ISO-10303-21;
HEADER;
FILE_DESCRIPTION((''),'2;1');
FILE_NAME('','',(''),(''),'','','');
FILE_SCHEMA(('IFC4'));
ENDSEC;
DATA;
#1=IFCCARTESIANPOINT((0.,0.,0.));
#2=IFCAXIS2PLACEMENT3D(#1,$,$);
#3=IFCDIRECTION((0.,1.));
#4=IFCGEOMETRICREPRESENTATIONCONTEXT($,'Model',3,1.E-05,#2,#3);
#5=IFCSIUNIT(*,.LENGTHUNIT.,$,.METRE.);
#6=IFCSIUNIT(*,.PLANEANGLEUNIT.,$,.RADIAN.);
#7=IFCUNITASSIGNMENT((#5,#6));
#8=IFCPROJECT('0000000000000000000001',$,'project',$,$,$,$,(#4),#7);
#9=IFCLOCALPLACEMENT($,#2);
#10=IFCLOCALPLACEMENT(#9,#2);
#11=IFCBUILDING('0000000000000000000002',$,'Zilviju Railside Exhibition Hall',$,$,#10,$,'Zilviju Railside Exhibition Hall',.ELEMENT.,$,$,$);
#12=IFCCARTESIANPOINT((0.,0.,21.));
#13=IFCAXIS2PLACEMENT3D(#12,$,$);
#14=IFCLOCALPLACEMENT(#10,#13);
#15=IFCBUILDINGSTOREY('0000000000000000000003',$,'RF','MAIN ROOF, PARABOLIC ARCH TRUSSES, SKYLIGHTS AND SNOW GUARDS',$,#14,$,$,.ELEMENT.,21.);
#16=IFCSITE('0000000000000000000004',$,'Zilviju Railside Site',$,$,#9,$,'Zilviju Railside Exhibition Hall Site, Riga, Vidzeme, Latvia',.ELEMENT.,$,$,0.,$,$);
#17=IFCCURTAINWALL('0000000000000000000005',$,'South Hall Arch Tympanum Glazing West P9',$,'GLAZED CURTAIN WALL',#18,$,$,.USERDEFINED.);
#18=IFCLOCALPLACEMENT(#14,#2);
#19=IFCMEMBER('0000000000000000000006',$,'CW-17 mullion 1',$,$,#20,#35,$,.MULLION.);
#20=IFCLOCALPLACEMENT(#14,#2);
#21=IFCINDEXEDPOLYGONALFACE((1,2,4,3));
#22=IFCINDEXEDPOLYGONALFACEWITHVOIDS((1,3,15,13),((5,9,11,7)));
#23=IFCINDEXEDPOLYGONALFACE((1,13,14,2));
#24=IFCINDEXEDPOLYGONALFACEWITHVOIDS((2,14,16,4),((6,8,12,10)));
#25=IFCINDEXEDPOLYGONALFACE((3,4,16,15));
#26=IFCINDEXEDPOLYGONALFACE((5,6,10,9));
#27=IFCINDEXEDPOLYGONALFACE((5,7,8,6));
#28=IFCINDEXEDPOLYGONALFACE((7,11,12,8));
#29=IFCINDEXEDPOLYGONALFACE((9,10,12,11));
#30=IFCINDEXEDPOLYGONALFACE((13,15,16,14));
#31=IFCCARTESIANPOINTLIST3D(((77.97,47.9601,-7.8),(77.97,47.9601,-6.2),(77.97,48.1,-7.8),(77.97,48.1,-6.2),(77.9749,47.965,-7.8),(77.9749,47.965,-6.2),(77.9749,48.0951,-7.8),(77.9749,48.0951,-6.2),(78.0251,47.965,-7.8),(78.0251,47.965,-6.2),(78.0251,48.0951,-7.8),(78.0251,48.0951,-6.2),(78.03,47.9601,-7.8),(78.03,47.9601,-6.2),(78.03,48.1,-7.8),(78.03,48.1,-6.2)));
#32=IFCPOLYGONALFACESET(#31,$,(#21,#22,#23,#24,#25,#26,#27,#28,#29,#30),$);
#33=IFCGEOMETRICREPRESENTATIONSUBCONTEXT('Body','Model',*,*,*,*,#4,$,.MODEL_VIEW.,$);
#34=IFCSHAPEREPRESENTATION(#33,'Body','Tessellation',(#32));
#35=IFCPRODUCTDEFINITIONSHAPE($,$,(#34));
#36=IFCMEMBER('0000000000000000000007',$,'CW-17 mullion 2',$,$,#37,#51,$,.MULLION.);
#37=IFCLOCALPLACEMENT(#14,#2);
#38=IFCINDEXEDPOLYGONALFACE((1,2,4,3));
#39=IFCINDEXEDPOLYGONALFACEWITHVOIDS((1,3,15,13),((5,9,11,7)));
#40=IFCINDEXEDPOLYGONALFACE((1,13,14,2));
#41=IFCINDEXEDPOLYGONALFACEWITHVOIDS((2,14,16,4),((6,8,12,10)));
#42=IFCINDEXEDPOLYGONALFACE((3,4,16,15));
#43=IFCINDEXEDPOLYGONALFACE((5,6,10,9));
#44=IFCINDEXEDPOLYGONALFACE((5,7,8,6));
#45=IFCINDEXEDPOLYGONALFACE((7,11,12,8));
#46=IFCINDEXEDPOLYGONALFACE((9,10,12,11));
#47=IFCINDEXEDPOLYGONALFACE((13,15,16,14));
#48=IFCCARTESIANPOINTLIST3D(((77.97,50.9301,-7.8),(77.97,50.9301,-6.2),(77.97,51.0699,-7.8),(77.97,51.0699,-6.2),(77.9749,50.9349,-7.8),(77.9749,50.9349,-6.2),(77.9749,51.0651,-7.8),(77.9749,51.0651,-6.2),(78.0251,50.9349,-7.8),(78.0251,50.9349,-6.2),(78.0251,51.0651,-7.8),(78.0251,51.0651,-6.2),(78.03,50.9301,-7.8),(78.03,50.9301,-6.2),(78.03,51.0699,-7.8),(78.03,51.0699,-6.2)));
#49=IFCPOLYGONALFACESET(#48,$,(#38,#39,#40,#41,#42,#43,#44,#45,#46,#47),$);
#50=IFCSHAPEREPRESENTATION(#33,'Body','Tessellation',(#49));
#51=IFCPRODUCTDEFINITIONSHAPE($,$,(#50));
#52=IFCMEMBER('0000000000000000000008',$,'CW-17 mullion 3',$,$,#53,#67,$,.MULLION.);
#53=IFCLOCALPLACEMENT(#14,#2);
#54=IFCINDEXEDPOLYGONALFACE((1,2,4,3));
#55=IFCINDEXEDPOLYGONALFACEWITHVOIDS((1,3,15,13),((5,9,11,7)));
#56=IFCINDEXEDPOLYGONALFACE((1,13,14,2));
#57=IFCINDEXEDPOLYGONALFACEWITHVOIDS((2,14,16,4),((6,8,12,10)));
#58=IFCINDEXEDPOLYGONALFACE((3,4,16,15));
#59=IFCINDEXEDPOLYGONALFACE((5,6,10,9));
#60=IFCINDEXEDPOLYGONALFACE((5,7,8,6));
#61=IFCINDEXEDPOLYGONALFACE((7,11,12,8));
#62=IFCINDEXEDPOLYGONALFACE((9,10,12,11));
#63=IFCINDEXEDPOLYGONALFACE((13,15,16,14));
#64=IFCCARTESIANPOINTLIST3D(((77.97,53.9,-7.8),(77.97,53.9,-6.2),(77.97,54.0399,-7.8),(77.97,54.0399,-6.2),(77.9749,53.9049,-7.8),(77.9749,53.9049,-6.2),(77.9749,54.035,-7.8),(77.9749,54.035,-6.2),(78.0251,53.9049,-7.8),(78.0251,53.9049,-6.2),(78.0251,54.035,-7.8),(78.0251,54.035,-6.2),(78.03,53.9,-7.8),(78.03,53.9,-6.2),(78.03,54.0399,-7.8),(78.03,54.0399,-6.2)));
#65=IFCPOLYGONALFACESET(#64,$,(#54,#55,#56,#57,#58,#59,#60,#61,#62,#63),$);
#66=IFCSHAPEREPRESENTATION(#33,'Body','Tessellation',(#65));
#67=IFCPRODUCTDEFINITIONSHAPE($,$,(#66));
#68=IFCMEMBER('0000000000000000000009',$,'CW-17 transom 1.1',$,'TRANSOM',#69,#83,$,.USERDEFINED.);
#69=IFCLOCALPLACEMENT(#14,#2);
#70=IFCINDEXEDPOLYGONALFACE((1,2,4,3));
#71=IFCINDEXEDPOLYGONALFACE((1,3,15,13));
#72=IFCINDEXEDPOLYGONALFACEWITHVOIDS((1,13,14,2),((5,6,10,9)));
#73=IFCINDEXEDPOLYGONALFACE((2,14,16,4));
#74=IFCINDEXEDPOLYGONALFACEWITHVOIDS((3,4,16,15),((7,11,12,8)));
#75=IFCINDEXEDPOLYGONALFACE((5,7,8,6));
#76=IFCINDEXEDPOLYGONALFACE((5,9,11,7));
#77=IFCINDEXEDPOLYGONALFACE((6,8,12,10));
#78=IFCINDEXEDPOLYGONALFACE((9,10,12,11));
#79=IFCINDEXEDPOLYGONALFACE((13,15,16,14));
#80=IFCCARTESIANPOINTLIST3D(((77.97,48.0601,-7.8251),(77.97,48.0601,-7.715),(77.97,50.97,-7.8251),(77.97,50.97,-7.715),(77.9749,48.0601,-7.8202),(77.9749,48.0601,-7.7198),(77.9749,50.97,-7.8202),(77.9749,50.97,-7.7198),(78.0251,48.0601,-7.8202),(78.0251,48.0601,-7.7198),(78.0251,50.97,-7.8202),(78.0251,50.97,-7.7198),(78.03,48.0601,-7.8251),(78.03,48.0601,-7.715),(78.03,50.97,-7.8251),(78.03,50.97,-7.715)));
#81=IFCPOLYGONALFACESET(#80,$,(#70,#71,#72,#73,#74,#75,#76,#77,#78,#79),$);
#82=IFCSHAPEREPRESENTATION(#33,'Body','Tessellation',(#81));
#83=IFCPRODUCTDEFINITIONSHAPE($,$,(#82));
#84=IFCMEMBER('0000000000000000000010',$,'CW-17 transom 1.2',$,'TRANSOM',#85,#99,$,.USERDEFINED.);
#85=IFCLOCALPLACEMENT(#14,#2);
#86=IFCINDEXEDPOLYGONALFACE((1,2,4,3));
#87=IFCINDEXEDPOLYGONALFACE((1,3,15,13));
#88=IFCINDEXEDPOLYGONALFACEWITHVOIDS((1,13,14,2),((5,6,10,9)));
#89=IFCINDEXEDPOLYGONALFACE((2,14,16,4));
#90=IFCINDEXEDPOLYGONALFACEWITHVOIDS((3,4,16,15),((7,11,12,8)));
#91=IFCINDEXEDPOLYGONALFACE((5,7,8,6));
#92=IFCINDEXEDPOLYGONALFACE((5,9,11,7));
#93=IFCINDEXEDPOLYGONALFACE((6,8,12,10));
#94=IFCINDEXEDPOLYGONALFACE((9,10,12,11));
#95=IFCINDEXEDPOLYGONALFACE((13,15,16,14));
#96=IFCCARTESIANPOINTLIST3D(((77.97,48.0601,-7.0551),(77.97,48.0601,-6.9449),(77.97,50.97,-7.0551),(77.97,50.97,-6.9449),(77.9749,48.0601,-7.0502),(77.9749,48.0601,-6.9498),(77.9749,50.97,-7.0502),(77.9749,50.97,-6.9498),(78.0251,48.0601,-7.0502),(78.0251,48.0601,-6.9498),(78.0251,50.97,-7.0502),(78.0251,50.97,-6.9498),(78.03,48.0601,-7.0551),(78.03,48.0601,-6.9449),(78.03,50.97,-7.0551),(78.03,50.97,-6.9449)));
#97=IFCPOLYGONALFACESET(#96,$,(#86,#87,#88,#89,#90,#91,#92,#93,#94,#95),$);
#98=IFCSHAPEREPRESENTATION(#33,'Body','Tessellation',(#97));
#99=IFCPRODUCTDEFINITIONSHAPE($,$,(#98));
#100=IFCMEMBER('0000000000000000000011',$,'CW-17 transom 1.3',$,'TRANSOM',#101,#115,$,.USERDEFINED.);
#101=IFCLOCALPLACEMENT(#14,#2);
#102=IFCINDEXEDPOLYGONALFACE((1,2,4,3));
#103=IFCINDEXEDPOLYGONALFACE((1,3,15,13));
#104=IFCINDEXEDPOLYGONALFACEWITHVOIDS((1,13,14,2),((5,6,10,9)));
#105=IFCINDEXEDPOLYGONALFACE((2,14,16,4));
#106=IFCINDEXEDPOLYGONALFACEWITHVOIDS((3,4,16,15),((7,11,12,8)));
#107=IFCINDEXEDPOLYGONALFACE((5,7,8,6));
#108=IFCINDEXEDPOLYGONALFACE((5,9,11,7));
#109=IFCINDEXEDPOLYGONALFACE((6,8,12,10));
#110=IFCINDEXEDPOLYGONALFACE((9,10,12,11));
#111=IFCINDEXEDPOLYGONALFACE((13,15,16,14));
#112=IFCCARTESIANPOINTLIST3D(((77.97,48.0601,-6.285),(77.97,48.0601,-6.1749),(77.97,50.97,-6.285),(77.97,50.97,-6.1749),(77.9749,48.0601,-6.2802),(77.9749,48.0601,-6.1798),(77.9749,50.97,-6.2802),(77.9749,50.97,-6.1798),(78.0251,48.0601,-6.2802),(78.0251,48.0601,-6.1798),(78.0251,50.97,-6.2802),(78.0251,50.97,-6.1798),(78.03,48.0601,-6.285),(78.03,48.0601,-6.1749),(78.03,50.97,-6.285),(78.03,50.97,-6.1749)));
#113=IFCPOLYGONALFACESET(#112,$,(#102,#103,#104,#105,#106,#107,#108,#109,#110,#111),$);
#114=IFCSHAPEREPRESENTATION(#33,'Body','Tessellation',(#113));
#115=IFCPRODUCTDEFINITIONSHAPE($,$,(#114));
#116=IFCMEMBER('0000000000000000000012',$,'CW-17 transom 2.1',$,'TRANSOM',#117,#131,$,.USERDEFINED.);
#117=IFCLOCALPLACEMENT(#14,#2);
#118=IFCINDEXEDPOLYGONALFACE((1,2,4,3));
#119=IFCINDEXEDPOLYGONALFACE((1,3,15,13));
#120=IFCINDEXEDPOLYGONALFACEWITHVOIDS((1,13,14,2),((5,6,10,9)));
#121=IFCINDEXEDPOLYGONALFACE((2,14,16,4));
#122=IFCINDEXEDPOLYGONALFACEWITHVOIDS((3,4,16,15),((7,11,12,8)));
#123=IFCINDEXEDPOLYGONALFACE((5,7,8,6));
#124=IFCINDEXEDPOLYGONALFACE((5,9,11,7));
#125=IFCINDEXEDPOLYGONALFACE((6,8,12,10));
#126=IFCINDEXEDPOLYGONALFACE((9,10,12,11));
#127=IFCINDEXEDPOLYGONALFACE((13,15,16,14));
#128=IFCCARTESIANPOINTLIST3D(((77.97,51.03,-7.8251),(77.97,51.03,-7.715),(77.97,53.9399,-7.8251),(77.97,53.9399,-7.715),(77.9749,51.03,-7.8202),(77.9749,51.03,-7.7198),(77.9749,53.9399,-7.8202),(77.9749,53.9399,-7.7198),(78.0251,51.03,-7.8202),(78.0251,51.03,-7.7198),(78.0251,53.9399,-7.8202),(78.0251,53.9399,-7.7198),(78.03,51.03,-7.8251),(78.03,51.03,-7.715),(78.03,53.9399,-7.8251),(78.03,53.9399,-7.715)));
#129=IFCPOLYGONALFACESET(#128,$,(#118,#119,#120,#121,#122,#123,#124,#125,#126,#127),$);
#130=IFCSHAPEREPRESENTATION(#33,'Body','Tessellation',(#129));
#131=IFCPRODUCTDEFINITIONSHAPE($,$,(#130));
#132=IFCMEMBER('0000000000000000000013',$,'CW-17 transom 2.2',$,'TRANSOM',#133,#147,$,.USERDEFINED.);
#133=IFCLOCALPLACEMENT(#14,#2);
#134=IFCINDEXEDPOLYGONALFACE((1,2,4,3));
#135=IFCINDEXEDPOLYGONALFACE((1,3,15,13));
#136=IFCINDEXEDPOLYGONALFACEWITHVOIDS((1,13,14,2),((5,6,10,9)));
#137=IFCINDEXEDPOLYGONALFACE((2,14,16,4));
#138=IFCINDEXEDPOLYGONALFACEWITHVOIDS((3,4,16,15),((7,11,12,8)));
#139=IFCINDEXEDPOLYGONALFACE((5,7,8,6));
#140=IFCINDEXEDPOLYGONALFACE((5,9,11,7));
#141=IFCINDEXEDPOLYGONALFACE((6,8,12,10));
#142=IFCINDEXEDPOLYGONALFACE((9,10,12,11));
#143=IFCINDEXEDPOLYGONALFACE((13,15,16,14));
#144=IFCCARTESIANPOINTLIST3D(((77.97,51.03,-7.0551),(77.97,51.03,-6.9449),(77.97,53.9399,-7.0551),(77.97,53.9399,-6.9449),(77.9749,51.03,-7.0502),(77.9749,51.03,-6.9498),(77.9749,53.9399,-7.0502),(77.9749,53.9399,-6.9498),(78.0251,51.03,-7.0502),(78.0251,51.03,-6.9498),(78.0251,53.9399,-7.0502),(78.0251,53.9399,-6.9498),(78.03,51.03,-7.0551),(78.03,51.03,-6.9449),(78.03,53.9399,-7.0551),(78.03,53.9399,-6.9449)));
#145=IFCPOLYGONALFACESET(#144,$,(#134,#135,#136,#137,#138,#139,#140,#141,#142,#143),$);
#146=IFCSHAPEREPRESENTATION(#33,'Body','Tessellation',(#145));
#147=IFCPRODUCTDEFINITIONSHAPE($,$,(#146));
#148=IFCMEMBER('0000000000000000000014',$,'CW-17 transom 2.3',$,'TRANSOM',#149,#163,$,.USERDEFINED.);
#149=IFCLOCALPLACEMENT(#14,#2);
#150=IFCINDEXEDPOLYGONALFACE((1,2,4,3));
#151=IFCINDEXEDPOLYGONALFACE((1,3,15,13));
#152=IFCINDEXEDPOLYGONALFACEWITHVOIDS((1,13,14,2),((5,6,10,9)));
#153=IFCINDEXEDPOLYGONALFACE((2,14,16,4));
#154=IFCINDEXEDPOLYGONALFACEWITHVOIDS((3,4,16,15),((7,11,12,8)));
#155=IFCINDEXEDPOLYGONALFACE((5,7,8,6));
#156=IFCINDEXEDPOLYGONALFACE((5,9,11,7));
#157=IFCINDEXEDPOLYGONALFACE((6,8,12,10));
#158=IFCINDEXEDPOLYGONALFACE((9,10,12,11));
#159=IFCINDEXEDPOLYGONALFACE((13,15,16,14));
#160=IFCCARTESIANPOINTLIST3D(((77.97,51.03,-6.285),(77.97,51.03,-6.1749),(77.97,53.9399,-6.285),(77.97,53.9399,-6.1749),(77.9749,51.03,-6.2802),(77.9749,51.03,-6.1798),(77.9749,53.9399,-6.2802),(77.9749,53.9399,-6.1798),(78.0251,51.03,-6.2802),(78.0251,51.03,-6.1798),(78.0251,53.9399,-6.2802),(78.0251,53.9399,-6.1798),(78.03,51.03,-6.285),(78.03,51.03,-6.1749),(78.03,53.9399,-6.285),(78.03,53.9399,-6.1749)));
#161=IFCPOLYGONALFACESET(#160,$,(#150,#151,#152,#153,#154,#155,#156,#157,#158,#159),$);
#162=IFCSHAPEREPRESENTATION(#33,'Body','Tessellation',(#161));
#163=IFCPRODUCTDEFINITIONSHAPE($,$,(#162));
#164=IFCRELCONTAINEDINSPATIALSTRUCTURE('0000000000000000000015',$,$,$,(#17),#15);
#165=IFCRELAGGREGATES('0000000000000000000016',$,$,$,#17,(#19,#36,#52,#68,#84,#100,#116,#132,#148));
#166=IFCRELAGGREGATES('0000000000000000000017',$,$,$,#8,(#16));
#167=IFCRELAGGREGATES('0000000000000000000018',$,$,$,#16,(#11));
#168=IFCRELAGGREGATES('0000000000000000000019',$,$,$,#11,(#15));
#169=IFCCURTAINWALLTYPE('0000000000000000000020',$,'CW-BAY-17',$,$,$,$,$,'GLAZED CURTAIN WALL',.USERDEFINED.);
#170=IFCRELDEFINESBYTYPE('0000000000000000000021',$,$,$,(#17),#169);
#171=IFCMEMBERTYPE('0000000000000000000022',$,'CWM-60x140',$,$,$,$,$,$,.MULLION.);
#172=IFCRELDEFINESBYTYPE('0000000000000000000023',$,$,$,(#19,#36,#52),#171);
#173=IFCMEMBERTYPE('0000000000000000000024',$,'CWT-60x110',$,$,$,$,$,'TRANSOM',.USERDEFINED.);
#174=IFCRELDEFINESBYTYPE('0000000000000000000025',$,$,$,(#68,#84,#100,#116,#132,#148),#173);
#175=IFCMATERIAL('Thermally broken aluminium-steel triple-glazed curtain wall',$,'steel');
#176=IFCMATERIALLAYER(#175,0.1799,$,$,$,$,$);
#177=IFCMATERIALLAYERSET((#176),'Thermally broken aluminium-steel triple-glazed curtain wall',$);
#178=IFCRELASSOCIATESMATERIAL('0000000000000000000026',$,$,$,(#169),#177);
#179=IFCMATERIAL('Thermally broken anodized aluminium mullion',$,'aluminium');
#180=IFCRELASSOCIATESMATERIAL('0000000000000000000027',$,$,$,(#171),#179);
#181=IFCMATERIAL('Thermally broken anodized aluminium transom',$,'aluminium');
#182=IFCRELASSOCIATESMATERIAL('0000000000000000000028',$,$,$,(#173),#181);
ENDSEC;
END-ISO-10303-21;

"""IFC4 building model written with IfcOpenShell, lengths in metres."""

from ifc_helpers import new_model, si_unit, direction, frame, origin, origin_2d, place, context, subcontext, project, spatial, hollow_rectangle, extrude, material, layer, layer_set, material_profile, profile_set, type_object, element, aggregate, save


model = new_model("IFC4")

# Units and contexts
model_context = context("Model", 3, precision=1e-05, world=origin(), true_north=direction((0.0, 1.0)))
body_context = subcontext(model_context, "Body", "Model", "MODEL_VIEW")
ifc_project = project(units=[si_unit("LENGTHUNIT", "METRE"), si_unit("PLANEANGLEUNIT", "RADIAN")], contexts=[model_context])

# Site, building, storey
site_placement = place(None, origin())
site = spatial("IfcSite", under=ifc_project, at=site_placement, Name="Zilviju Railside Site", LongName="Zilviju Railside Exhibition Hall Site, Riga, Vidzeme, Latvia", CompositionType="ELEMENT", RefElevation=0.0)
building_placement = place(site_placement, origin())
building = spatial("IfcBuilding", under=site, at=building_placement, Name="Zilviju Railside Exhibition Hall", LongName="Zilviju Railside Exhibition Hall", CompositionType="ELEMENT")
storey_placement = place(building_placement, frame((0.0, 0.0, 21.0)))
storey = spatial("IfcBuildingStorey", under=building, at=storey_placement, Name="RF", Description="MAIN ROOF, PARABOLIC ARCH TRUSSES, SKYLIGHTS AND SNOW GUARDS", CompositionType="ELEMENT", Elevation=21.0)

# Curtain wall, members
ifc_material_1 = material(Name="Thermally broken aluminium-steel triple-glazed curtain wall", Category="steel")
ifc_layer_1 = layer(ifc_material_1, 0.1799)
ifc_layer_set_1 = layer_set([ifc_layer_1], Name="Thermally broken aluminium-steel triple-glazed curtain wall")
curtain_wall_type = type_object("IfcCurtainWallType", Name="CW-BAY-17", ElementType="GLAZED CURTAIN WALL", PredefinedType="USERDEFINED", material=ifc_layer_set_1)
curtain_wall_placement = place(storey_placement, origin())
curtain_wall = element("IfcCurtainWall", 1, at=curtain_wall_placement, inside=storey, type_object=curtain_wall_type, Name="South Hall Arch Tympanum Glazing West P9", ObjectType="GLAZED CURTAIN WALL", PredefinedType="USERDEFINED")
ifc_material_2 = material(Name="Thermally broken anodized aluminium mullion", Category="aluminium")
ifc_material_profile_1 = material_profile(ifc_material_2, hollow_rectangle(XDim=0.0601, YDim=0.1399, WallThickness=0.0049, at=origin_2d()), Name="MULLION 140x60x5")
ifc_profile_set_1 = profile_set([ifc_material_profile_1], Name="Thermally broken anodized aluminium mullion")
member_type_1 = type_object("IfcMemberType", Name="CWM-60x140", PredefinedType="MULLION", material=ifc_profile_set_1)
member_1_placement = place(storey_placement, frame((78.0, 48.03, -7.8), z_axis=(0.0, 0.0, 1.0), x_axis=(-1.0, 0.0, 0.0)))
member_1 = element("IfcMember", 2, at=member_1_placement, type_object=member_type_1, Name="CW-17 mullion 1", PredefinedType="MULLION", context=body_context, shape_type="SweptSolid", body=[
    extrude(hollow_rectangle(XDim=0.0601, YDim=0.1399, WallThickness=0.0049, at=origin_2d()), origin(), (0.0, 0.0, 1.0), 1.6001),
])
member_2_placement = place(storey_placement, frame((78.0, 51.0, -7.8), z_axis=(0.0, 0.0, 1.0), x_axis=(-1.0, 0.0, 0.0)))
member_2 = element("IfcMember", 3, at=member_2_placement, type_object=member_type_1, Name="CW-17 mullion 2", PredefinedType="MULLION", context=body_context, shape_type="SweptSolid", body=[
    extrude(hollow_rectangle(XDim=0.0601, YDim=0.1399, WallThickness=0.0049, at=origin_2d()), origin(), (0.0, 0.0, 1.0), 1.6001),
])
member_3_placement = place(storey_placement, frame((78.0, 53.97, -7.8), z_axis=(0.0, 0.0, 1.0), x_axis=(-1.0, 0.0, 0.0)))
member_3 = element("IfcMember", 4, at=member_3_placement, type_object=member_type_1, Name="CW-17 mullion 3", PredefinedType="MULLION", context=body_context, shape_type="SweptSolid", body=[
    extrude(hollow_rectangle(XDim=0.0601, YDim=0.1399, WallThickness=0.0049, at=origin_2d()), origin(), (0.0, 0.0, 1.0), 1.6001),
])
ifc_material_3 = material(Name="Thermally broken anodized aluminium transom", Category="aluminium")
ifc_material_profile_2 = material_profile(ifc_material_3, hollow_rectangle(XDim=0.0601, YDim=0.1101, WallThickness=0.0049, at=origin_2d()), Name="TRANSOM 110x60x5")
ifc_profile_set_2 = profile_set([ifc_material_profile_2], Name="Thermally broken anodized aluminium transom")
member_type_2 = type_object("IfcMemberType", Name="CWT-60x110", ElementType="TRANSOM", PredefinedType="USERDEFINED", material=ifc_profile_set_2)
member_4_placement = place(storey_placement, frame((78.0, 48.0601, -7.77), z_axis=(0.0, 1.0, 0.0), x_axis=(-1.0, 0.0, 0.0)))
member_4 = element("IfcMember", 5, at=member_4_placement, type_object=member_type_2, Name="CW-17 transom 1.1", ObjectType="TRANSOM", PredefinedType="USERDEFINED", context=body_context, shape_type="SweptSolid", body=[
    extrude(hollow_rectangle(XDim=0.0601, YDim=0.1101, WallThickness=0.0049, at=origin_2d()), origin(), (0.0, 0.0, 1.0), 2.9099),
])
member_5_placement = place(storey_placement, frame((78.0, 48.0601, -7.0), z_axis=(0.0, 1.0, 0.0), x_axis=(-1.0, 0.0, 0.0)))
member_5 = element("IfcMember", 6, at=member_5_placement, type_object=member_type_2, Name="CW-17 transom 1.2", ObjectType="TRANSOM", PredefinedType="USERDEFINED", context=body_context, shape_type="SweptSolid", body=[
    extrude(hollow_rectangle(XDim=0.0601, YDim=0.1101, WallThickness=0.0049, at=origin_2d()), origin(), (0.0, 0.0, 1.0), 2.9099),
])
member_6_placement = place(storey_placement, frame((78.0, 48.0601, -6.23), z_axis=(0.0, 1.0, 0.0), x_axis=(-1.0, 0.0, 0.0)))
member_6 = element("IfcMember", 7, at=member_6_placement, type_object=member_type_2, Name="CW-17 transom 1.3", ObjectType="TRANSOM", PredefinedType="USERDEFINED", context=body_context, shape_type="SweptSolid", body=[
    extrude(hollow_rectangle(XDim=0.0601, YDim=0.1101, WallThickness=0.0049, at=origin_2d()), origin(), (0.0, 0.0, 1.0), 2.9099),
])
member_7_placement = place(storey_placement, frame((78.0, 51.03, -7.77), z_axis=(0.0, 1.0, 0.0), x_axis=(-1.0, 0.0, 0.0)))
member_7 = element("IfcMember", 8, at=member_7_placement, type_object=member_type_2, Name="CW-17 transom 2.1", ObjectType="TRANSOM", PredefinedType="USERDEFINED", context=body_context, shape_type="SweptSolid", body=[
    extrude(hollow_rectangle(XDim=0.0601, YDim=0.1101, WallThickness=0.0049, at=origin_2d()), origin(), (0.0, 0.0, 1.0), 2.9099),
])
member_8_placement = place(storey_placement, frame((78.0, 51.03, -7.0), z_axis=(0.0, 1.0, 0.0), x_axis=(-1.0, 0.0, 0.0)))
member_8 = element("IfcMember", 9, at=member_8_placement, type_object=member_type_2, Name="CW-17 transom 2.2", ObjectType="TRANSOM", PredefinedType="USERDEFINED", context=body_context, shape_type="SweptSolid", body=[
    extrude(hollow_rectangle(XDim=0.0601, YDim=0.1101, WallThickness=0.0049, at=origin_2d()), origin(), (0.0, 0.0, 1.0), 2.9099),
])
member_9_placement = place(storey_placement, frame((78.0, 51.03, -6.23), z_axis=(0.0, 1.0, 0.0), x_axis=(-1.0, 0.0, 0.0)))
member_9 = element("IfcMember", 10, at=member_9_placement, type_object=member_type_2, Name="CW-17 transom 2.3", ObjectType="TRANSOM", PredefinedType="USERDEFINED", context=body_context, shape_type="SweptSolid", body=[
    extrude(hollow_rectangle(XDim=0.0601, YDim=0.1101, WallThickness=0.0049, at=origin_2d()), origin(), (0.0, 0.0, 1.0), 2.9099),
])

aggregate(curtain_wall, [member_1, member_2, member_3, member_4, member_5, member_6, member_7, member_8, member_9])

save(model, "model.ifc")
